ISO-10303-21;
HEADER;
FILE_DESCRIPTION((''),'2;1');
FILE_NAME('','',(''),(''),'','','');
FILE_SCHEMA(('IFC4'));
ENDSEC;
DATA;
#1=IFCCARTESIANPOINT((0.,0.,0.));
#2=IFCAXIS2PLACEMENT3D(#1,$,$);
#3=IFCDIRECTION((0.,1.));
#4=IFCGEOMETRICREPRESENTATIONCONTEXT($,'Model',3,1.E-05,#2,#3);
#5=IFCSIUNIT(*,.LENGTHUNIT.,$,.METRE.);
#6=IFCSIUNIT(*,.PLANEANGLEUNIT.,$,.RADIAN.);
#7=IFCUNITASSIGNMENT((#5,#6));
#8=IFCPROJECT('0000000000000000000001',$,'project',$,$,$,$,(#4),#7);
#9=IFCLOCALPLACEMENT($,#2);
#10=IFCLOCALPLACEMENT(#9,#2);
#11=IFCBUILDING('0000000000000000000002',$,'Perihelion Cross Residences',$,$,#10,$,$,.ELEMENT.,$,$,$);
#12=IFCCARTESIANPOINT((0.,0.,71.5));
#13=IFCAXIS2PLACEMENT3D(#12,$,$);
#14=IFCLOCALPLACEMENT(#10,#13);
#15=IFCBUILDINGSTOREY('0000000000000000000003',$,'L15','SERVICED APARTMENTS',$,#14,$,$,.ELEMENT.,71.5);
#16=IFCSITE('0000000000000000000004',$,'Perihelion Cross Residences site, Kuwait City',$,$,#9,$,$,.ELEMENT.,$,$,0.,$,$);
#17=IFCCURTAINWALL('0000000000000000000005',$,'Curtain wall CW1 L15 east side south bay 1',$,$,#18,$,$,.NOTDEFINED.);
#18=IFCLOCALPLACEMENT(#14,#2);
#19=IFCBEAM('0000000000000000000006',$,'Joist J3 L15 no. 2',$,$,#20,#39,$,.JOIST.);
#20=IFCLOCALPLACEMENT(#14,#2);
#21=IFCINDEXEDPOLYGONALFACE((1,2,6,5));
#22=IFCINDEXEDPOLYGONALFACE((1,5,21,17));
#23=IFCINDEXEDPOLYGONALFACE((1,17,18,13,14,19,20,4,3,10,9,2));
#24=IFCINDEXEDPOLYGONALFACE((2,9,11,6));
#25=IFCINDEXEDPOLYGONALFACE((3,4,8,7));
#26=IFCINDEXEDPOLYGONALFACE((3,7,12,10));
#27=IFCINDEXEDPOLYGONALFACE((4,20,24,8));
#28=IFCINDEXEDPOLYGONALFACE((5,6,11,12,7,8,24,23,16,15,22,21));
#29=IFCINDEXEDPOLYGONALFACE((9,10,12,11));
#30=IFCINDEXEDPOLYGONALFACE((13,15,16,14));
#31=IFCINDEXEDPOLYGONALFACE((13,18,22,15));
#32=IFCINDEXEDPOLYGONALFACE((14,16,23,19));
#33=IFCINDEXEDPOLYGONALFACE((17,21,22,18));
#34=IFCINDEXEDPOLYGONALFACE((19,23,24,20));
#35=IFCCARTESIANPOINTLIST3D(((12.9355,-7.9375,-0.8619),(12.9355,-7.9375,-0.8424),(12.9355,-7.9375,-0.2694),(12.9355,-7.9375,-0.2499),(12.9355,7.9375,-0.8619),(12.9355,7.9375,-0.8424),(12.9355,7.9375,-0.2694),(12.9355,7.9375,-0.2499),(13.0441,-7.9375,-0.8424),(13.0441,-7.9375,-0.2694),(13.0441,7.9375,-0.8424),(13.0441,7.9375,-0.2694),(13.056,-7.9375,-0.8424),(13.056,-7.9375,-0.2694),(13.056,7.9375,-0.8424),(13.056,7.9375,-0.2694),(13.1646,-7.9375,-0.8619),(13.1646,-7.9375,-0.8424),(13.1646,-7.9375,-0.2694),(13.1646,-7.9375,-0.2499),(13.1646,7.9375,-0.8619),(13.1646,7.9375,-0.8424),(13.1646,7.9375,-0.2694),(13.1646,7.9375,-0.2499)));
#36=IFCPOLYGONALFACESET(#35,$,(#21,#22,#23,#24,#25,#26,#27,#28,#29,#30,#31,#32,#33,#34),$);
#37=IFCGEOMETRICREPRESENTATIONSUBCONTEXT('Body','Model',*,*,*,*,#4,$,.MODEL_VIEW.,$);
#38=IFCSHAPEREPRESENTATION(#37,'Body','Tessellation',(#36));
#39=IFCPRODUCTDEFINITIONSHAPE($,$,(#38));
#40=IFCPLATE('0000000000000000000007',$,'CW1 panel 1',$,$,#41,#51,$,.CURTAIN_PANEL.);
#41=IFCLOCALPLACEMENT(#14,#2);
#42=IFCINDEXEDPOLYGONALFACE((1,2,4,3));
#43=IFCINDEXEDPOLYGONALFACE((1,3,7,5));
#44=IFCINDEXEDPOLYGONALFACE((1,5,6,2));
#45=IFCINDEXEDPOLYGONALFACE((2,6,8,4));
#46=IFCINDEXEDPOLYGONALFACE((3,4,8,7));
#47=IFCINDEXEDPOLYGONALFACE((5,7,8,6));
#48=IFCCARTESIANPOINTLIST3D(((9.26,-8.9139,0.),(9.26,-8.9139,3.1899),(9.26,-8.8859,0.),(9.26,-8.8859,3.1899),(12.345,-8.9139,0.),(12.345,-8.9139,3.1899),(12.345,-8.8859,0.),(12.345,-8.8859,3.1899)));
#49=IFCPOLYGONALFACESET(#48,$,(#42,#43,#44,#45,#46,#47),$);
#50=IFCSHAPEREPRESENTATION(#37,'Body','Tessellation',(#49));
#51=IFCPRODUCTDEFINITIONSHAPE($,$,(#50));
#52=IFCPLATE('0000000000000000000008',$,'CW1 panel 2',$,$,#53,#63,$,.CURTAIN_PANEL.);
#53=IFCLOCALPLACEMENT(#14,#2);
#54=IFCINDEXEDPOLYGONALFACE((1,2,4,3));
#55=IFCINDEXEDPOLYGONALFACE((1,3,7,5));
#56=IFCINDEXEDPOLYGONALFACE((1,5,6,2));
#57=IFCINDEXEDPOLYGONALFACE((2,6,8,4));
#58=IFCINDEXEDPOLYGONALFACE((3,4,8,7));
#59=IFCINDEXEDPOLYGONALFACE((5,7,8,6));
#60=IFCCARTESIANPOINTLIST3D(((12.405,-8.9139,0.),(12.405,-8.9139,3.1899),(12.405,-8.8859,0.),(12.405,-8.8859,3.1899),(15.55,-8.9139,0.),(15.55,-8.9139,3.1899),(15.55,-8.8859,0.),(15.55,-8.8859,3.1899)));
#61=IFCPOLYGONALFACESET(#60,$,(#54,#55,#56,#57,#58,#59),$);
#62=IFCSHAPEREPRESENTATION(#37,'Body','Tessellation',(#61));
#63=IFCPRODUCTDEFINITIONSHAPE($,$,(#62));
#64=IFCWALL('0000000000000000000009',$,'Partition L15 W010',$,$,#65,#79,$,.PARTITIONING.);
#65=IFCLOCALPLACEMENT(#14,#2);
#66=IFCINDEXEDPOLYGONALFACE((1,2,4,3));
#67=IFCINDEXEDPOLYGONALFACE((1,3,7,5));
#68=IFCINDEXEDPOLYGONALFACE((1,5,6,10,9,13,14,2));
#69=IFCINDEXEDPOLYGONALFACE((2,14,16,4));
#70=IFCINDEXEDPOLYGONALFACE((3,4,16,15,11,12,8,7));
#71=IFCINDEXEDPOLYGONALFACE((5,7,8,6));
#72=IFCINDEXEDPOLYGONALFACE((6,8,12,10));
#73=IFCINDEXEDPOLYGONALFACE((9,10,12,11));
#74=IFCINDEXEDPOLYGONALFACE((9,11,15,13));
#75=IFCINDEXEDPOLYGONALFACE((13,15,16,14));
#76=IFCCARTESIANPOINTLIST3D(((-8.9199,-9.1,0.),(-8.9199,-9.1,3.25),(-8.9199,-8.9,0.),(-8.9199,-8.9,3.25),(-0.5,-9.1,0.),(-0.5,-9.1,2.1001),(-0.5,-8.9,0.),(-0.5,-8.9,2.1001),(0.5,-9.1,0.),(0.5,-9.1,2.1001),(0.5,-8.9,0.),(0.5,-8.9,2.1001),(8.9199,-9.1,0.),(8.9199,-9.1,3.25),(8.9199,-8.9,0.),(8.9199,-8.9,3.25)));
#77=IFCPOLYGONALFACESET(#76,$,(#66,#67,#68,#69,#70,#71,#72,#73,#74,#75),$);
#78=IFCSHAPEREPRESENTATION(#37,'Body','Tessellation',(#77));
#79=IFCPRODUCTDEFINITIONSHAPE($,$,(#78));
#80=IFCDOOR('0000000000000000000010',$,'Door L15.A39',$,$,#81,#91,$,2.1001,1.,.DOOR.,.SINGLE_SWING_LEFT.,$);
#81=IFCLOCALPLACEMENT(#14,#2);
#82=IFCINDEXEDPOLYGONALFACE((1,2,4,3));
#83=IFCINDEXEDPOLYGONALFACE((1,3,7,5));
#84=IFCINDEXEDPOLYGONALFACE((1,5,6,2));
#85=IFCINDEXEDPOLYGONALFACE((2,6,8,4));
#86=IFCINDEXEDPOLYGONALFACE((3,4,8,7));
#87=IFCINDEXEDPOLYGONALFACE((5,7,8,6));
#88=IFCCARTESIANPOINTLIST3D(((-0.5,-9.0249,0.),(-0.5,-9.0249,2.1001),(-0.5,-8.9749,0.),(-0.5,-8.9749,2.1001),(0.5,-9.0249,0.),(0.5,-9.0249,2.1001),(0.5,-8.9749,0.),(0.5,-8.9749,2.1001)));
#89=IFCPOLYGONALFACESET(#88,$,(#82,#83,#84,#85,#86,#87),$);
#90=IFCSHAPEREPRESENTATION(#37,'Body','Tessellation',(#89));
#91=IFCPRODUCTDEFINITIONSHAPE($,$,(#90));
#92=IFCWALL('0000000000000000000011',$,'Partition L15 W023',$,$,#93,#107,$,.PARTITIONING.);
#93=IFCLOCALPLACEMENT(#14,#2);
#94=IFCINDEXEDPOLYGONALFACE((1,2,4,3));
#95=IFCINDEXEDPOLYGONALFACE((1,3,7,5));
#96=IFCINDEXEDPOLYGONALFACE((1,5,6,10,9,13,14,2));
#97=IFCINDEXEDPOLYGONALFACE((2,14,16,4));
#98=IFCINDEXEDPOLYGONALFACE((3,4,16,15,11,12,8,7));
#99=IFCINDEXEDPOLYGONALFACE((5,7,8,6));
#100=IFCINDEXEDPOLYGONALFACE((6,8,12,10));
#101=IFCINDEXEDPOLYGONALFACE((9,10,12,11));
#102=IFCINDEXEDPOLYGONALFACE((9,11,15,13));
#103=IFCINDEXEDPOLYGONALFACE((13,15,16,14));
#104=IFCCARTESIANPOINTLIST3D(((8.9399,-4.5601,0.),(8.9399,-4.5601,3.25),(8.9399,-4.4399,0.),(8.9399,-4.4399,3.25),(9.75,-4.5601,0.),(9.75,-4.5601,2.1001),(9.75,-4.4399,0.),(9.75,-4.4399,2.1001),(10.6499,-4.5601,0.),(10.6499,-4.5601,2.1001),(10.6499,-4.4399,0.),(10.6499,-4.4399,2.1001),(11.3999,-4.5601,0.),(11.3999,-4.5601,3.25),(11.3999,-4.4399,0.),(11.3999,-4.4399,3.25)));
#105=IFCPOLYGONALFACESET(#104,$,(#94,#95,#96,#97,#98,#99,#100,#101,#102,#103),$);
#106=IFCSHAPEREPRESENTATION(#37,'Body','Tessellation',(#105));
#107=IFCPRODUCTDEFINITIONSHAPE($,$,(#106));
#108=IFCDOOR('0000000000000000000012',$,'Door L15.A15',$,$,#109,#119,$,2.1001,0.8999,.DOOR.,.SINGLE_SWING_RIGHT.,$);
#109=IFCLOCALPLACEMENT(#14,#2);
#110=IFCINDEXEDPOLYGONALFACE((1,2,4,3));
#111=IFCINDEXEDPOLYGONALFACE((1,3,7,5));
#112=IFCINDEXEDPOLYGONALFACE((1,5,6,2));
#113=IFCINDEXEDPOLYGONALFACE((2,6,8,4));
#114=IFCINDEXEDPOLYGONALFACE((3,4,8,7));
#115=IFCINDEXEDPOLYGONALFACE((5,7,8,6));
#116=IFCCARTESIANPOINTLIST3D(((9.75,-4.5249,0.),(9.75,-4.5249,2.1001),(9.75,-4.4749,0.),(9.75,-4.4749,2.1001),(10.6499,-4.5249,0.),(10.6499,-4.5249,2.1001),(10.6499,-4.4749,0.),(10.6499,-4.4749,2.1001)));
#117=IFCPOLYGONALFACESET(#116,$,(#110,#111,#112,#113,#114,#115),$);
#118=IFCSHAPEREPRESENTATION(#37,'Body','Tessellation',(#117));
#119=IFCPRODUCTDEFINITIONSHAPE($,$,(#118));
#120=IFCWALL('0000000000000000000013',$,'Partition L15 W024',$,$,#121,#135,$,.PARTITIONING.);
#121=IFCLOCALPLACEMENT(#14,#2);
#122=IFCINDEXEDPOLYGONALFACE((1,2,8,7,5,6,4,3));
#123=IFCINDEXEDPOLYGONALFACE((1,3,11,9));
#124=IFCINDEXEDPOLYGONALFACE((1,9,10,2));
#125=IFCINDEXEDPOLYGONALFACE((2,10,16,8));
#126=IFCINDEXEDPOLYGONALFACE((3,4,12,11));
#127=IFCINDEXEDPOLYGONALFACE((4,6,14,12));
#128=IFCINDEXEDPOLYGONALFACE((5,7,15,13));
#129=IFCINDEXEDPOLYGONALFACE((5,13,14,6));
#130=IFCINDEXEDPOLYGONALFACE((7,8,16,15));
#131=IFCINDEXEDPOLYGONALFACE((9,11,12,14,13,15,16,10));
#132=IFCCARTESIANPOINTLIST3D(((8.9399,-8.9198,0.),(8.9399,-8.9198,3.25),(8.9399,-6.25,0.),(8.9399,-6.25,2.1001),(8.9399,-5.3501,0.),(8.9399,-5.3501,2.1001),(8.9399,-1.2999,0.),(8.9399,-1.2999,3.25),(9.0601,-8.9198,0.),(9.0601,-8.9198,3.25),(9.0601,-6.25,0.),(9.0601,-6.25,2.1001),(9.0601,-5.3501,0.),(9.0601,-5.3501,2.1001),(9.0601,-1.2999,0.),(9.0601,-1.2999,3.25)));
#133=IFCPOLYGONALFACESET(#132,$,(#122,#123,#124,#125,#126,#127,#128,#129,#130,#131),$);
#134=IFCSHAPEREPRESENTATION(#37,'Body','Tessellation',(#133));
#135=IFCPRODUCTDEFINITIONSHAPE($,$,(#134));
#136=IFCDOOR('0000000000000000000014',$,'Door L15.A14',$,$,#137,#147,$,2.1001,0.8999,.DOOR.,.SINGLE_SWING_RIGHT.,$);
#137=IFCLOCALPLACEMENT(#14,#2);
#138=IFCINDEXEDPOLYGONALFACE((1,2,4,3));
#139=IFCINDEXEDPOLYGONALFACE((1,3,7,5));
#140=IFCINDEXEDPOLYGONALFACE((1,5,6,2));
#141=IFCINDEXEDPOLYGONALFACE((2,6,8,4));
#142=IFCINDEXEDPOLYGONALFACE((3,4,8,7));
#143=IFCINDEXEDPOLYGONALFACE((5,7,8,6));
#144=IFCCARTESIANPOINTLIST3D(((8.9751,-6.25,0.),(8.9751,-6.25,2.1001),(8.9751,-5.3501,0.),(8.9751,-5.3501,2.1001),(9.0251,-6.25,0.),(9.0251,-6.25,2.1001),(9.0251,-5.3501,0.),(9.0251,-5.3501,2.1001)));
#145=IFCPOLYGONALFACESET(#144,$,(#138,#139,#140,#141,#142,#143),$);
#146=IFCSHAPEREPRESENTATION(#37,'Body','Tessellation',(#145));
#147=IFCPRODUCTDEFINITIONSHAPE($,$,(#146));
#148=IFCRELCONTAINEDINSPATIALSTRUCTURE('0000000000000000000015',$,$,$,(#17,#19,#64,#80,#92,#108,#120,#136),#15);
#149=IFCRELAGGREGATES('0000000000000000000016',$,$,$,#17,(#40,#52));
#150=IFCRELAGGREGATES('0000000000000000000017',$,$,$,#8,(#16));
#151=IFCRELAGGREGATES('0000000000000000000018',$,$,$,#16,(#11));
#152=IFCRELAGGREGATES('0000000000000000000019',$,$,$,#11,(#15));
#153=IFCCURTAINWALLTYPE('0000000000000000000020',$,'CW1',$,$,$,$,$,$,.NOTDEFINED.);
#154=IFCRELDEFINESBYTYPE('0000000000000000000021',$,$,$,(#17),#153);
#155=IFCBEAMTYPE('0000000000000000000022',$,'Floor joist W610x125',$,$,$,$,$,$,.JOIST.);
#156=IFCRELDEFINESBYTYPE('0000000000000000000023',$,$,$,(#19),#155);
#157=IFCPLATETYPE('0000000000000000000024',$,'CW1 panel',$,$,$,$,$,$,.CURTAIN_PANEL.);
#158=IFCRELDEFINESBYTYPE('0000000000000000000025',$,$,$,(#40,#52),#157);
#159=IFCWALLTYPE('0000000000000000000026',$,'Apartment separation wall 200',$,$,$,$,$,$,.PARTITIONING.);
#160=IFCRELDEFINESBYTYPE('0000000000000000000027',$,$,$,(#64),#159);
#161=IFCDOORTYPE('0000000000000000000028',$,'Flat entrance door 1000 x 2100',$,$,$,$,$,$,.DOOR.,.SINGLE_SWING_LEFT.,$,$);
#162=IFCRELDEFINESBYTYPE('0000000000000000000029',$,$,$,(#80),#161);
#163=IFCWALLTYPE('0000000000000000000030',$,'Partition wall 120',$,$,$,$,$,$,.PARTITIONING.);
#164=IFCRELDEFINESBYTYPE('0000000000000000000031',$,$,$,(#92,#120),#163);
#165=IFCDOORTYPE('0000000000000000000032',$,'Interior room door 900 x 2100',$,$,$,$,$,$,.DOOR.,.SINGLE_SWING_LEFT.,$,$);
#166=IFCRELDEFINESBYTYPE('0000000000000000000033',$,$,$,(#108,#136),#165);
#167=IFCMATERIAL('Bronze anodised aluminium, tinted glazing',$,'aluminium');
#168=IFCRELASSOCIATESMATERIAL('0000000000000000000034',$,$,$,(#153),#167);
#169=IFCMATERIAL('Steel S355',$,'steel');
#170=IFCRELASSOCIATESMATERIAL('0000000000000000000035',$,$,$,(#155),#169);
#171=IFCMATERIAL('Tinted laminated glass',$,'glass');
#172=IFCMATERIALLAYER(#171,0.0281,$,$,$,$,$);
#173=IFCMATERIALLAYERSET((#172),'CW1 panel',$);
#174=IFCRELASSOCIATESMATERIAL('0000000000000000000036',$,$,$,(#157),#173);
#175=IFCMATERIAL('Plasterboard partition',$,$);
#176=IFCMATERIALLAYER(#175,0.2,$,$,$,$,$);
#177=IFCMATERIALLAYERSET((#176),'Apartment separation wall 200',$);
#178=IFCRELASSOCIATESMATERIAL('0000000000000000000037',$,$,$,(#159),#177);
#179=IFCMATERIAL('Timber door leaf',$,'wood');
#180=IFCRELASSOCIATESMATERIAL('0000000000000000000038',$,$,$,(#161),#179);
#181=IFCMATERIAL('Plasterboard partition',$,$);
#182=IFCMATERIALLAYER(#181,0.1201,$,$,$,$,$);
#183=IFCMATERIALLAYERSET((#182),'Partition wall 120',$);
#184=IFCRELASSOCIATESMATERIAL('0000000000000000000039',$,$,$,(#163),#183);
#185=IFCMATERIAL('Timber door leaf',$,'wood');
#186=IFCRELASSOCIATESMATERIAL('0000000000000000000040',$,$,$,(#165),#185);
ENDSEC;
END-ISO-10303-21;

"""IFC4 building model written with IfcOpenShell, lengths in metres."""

from ifc_helpers import new_model, si_unit, direction, frame, frame_2d, origin, origin_2d, place, context, subcontext, project, spatial, rectangle, i_section, extrude, material, layer, layer_set, material_profile, profile_set, type_object, element, fill, aggregate, save


model = new_model("IFC4")

# Units and contexts
model_context = context("Model", 3, precision=1e-05, world=origin(), true_north=direction((0.0, 1.0)))
body_context = subcontext(model_context, "Body", "Model", "MODEL_VIEW")
ifc_project = project(units=[si_unit("LENGTHUNIT", "METRE"), si_unit("PLANEANGLEUNIT", "RADIAN")], contexts=[model_context])

# Site, building, storey
site_placement = place(None, origin())
site = spatial("IfcSite", under=ifc_project, at=site_placement, Name="Perihelion Cross Residences site, Kuwait City", CompositionType="ELEMENT", RefElevation=0.0)
building_placement = place(site_placement, origin())
building = spatial("IfcBuilding", under=site, at=building_placement, Name="Perihelion Cross Residences", CompositionType="ELEMENT")
storey_placement = place(building_placement, frame((0.0, 0.0, 71.5)))
storey = spatial("IfcBuildingStorey", under=building, at=storey_placement, Name="L15", Description="SERVICED APARTMENTS", CompositionType="ELEMENT", Elevation=71.5)

# Shared definitions
ifc_material_1 = material(Name="Bronze anodised aluminium, tinted glazing", Category="aluminium")
curtain_wall_type = type_object("IfcCurtainWallType", Name="CW1", PredefinedType="NOTDEFINED", material=ifc_material_1)

# Curtain wall
curtain_wall_1_placement = place(storey_placement, origin())
curtain_wall_1 = element("IfcCurtainWall", 1, at=curtain_wall_1_placement, inside=storey, type_object=curtain_wall_type, Name="Curtain wall CW1 L15 east side south bay 1", PredefinedType="NOTDEFINED")

# Beam
ifc_material_2 = material(Name="Steel S355", Category="steel")
ifc_material_profile_1 = material_profile(ifc_material_2, i_section(OverallWidth=0.229, OverallDepth=0.6121, WebThickness=0.012, FlangeThickness=0.0195, at=origin_2d()), Name="W610x125")
ifc_profile_set_1 = profile_set([ifc_material_profile_1], Name="Steel S355")
beam_type_1 = type_object("IfcBeamType", Name="Floor joist W610x125", PredefinedType="JOIST", material=ifc_profile_set_1)
beam_1_placement = place(storey_placement, frame((13.05, -7.9375, -0.5559), z_axis=(0.0, 1.0, 0.0), x_axis=(-1.0, 0.0, 0.0)))
element("IfcBeam", 2, at=beam_1_placement, inside=storey, type_object=beam_type_1, Name="Joist J3 L15 no. 2", PredefinedType="JOIST", context=body_context, shape_type="SweptSolid", body=[
    extrude(i_section(OverallWidth=0.229, OverallDepth=0.6121, WebThickness=0.012, FlangeThickness=0.0195, at=origin_2d()), origin(), (0.0, 0.0, 1.0), 15.875),
])

# Plates
ifc_material_3 = material(Name="Tinted laminated glass", Category="glass")
ifc_layer_1 = layer(ifc_material_3, 0.0281)
ifc_layer_set_1 = layer_set([ifc_layer_1], Name="CW1 panel")
plate_type = type_object("IfcPlateType", Name="CW1 panel", PredefinedType="CURTAIN_PANEL", material=ifc_layer_set_1)
plate_1_placement = place(storey_placement, frame((10.8025, -8.8999, 0.0), z_axis=(0.0, 0.0, 1.0), x_axis=(1.0, 0.0, 0.0)))
plate_1 = element("IfcPlate", 3, at=plate_1_placement, type_object=plate_type, Name="CW1 panel 1", PredefinedType="CURTAIN_PANEL", context=body_context, shape_type="SweptSolid", body=[
    extrude(rectangle(XDim=3.085, YDim=0.0281, at=origin_2d()), origin(), (0.0, 0.0, 1.0), 3.1899),
])
plate_2_placement = place(storey_placement, frame((13.9775, -8.8999, 0.0), z_axis=(0.0, 0.0, 1.0), x_axis=(1.0, 0.0, 0.0)))
plate_2 = element("IfcPlate", 4, at=plate_2_placement, type_object=plate_type, Name="CW1 panel 2", PredefinedType="CURTAIN_PANEL", context=body_context, shape_type="SweptSolid", body=[
    extrude(rectangle(XDim=3.145, YDim=0.0281, at=origin_2d()), origin(), (0.0, 0.0, 1.0), 3.1899),
])
aggregate(curtain_wall_1, [plate_1, plate_2])

# Walls, openings, doors
ifc_material_4 = material(Name="Plasterboard partition")
ifc_layer_2 = layer(ifc_material_4, 0.2)
ifc_layer_set_2 = layer_set([ifc_layer_2], Name="Apartment separation wall 200")
wall_type_1 = type_object("IfcWallType", Name="Apartment separation wall 200", PredefinedType="PARTITIONING", material=ifc_layer_set_2)
wall_1_placement = place(storey_placement, frame((8.9199, -9.0, 0.0), z_axis=(0.0, 0.0, 1.0), x_axis=(-1.0, 0.0, 0.0)))
wall_1 = element("IfcWall", 5, at=wall_1_placement, inside=storey, type_object=wall_type_1, Name="Partition L15 W010", PredefinedType="PARTITIONING", context=body_context, shape_type="SweptSolid", body=[
    extrude(rectangle(XDim=17.8398, YDim=0.2, at=frame_2d((8.9199, 0.0))), origin(), (0.0, 0.0, 1.0), 3.25),
])
opening_1_placement = place(wall_1_placement, frame((8.4199, 0.0, 0.0)))
opening_1 = element("IfcOpeningElement", 6, at=opening_1_placement, cuts=wall_1, PredefinedType="OPENING", context=body_context, shape_type="SweptSolid", body=[
    extrude(rectangle(XDim=1.0, YDim=2.1001, at=frame_2d((0.5, 1.05))), frame((0.0, 0.1099, 0.0), z_axis=(0.0, -1.0, 0.0), x_axis=(1.0, 0.0, 0.0)), (0.0, 0.0, 1.0), 0.22),
])
ifc_material_5 = material(Name="Timber door leaf", Category="wood")
door_type_1 = type_object("IfcDoorType", Name="Flat entrance door 1000 x 2100", OperationType="SINGLE_SWING_LEFT", PredefinedType="DOOR", material=ifc_material_5)
door_1_placement = place(opening_1_placement, origin())
door_1 = element("IfcDoor", 7, at=door_1_placement, inside=storey, type_object=door_type_1, Name="Door L15.A39", OperationType="SINGLE_SWING_LEFT", OverallHeight=2.1001, OverallWidth=1.0, PredefinedType="DOOR", context=body_context, shape_type="SweptSolid", body=[
    extrude(rectangle(XDim=1.0, YDim=2.1001, at=frame_2d((0.5, 1.05))), frame((0.0, 0.0249, 0.0), z_axis=(0.0, -1.0, 0.0), x_axis=(1.0, 0.0, 0.0)), (0.0, 0.0, 1.0), 0.05),
])
fill(opening_1, door_1)
ifc_material_6 = material(Name="Plasterboard partition")
ifc_layer_3 = layer(ifc_material_6, 0.1201)
ifc_layer_set_3 = layer_set([ifc_layer_3], Name="Partition wall 120")
wall_type_2 = type_object("IfcWallType", Name="Partition wall 120", PredefinedType="PARTITIONING", material=ifc_layer_set_3)
wall_2_placement = place(storey_placement, frame((11.3999, -4.5, 0.0), z_axis=(0.0, 0.0, 1.0), x_axis=(-1.0, 0.0, 0.0)))
wall_2 = element("IfcWall", 8, at=wall_2_placement, inside=storey, type_object=wall_type_2, Name="Partition L15 W023", PredefinedType="PARTITIONING", context=body_context, shape_type="SweptSolid", body=[
    extrude(rectangle(XDim=2.46, YDim=0.1201, at=frame_2d((1.23, 0.0))), origin(), (0.0, 0.0, 1.0), 3.25),
])
opening_2_placement = place(wall_2_placement, frame((0.75, 0.0, 0.0)))
opening_2 = element("IfcOpeningElement", 9, at=opening_2_placement, cuts=wall_2, PredefinedType="OPENING", context=body_context, shape_type="SweptSolid", body=[
    extrude(rectangle(XDim=0.8999, YDim=2.1001, at=frame_2d((0.45, 1.05))), frame((0.0, 0.0701, 0.0), z_axis=(0.0, -1.0, 0.0), x_axis=(1.0, 0.0, 0.0)), (0.0, 0.0, 1.0), 0.1401),
])
ifc_material_7 = material(Name="Timber door leaf", Category="wood")
door_type_2 = type_object("IfcDoorType", Name="Interior room door 900 x 2100", OperationType="SINGLE_SWING_LEFT", PredefinedType="DOOR", material=ifc_material_7)
door_2_placement = place(opening_2_placement, origin())
door_2 = element("IfcDoor", 10, at=door_2_placement, inside=storey, type_object=door_type_2, Name="Door L15.A15", OperationType="SINGLE_SWING_RIGHT", OverallHeight=2.1001, OverallWidth=0.8999, PredefinedType="DOOR", context=body_context, shape_type="SweptSolid", body=[
    extrude(rectangle(XDim=0.8999, YDim=2.1001, at=frame_2d((0.45, 1.05))), frame((0.0, 0.0249, 0.0), z_axis=(0.0, -1.0, 0.0), x_axis=(1.0, 0.0, 0.0)), (0.0, 0.0, 1.0), 0.05),
])
fill(opening_2, door_2)
wall_3_placement = place(storey_placement, frame((9.0, -8.9199, 0.0), z_axis=(0.0, 0.0, 1.0), x_axis=(0.0, 1.0, 0.0)))
wall_3 = element("IfcWall", 11, at=wall_3_placement, inside=storey, type_object=wall_type_2, Name="Partition L15 W024", PredefinedType="PARTITIONING", context=body_context, shape_type="SweptSolid", body=[
    extrude(rectangle(XDim=7.6199, YDim=0.1201, at=frame_2d((3.8101, 0.0))), origin(), (0.0, 0.0, 1.0), 3.25),
])
opening_3_placement = place(wall_3_placement, frame((2.6699, 0.0, 0.0)))
opening_3 = element("IfcOpeningElement", 12, at=opening_3_placement, cuts=wall_3, PredefinedType="OPENING", context=body_context, shape_type="SweptSolid", body=[
    extrude(rectangle(XDim=0.8999, YDim=2.1001, at=frame_2d((0.45, 1.05))), frame((0.0, 0.0701, 0.0), z_axis=(0.0, -1.0, 0.0), x_axis=(1.0, 0.0, 0.0)), (0.0, 0.0, 1.0), 0.1401),
])
door_3_placement = place(opening_3_placement, origin())
door_3 = element("IfcDoor", 13, at=door_3_placement, inside=storey, type_object=door_type_2, Name="Door L15.A14", OperationType="SINGLE_SWING_RIGHT", OverallHeight=2.1001, OverallWidth=0.8999, PredefinedType="DOOR", context=body_context, shape_type="SweptSolid", body=[
    extrude(rectangle(XDim=0.8999, YDim=2.1001, at=frame_2d((0.45, 1.05))), frame((0.0, 0.0249, 0.0), z_axis=(0.0, -1.0, 0.0), x_axis=(1.0, 0.0, 0.0)), (0.0, 0.0, 1.0), 0.05),
])
fill(opening_3, door_3)

save(model, "model.ifc")
